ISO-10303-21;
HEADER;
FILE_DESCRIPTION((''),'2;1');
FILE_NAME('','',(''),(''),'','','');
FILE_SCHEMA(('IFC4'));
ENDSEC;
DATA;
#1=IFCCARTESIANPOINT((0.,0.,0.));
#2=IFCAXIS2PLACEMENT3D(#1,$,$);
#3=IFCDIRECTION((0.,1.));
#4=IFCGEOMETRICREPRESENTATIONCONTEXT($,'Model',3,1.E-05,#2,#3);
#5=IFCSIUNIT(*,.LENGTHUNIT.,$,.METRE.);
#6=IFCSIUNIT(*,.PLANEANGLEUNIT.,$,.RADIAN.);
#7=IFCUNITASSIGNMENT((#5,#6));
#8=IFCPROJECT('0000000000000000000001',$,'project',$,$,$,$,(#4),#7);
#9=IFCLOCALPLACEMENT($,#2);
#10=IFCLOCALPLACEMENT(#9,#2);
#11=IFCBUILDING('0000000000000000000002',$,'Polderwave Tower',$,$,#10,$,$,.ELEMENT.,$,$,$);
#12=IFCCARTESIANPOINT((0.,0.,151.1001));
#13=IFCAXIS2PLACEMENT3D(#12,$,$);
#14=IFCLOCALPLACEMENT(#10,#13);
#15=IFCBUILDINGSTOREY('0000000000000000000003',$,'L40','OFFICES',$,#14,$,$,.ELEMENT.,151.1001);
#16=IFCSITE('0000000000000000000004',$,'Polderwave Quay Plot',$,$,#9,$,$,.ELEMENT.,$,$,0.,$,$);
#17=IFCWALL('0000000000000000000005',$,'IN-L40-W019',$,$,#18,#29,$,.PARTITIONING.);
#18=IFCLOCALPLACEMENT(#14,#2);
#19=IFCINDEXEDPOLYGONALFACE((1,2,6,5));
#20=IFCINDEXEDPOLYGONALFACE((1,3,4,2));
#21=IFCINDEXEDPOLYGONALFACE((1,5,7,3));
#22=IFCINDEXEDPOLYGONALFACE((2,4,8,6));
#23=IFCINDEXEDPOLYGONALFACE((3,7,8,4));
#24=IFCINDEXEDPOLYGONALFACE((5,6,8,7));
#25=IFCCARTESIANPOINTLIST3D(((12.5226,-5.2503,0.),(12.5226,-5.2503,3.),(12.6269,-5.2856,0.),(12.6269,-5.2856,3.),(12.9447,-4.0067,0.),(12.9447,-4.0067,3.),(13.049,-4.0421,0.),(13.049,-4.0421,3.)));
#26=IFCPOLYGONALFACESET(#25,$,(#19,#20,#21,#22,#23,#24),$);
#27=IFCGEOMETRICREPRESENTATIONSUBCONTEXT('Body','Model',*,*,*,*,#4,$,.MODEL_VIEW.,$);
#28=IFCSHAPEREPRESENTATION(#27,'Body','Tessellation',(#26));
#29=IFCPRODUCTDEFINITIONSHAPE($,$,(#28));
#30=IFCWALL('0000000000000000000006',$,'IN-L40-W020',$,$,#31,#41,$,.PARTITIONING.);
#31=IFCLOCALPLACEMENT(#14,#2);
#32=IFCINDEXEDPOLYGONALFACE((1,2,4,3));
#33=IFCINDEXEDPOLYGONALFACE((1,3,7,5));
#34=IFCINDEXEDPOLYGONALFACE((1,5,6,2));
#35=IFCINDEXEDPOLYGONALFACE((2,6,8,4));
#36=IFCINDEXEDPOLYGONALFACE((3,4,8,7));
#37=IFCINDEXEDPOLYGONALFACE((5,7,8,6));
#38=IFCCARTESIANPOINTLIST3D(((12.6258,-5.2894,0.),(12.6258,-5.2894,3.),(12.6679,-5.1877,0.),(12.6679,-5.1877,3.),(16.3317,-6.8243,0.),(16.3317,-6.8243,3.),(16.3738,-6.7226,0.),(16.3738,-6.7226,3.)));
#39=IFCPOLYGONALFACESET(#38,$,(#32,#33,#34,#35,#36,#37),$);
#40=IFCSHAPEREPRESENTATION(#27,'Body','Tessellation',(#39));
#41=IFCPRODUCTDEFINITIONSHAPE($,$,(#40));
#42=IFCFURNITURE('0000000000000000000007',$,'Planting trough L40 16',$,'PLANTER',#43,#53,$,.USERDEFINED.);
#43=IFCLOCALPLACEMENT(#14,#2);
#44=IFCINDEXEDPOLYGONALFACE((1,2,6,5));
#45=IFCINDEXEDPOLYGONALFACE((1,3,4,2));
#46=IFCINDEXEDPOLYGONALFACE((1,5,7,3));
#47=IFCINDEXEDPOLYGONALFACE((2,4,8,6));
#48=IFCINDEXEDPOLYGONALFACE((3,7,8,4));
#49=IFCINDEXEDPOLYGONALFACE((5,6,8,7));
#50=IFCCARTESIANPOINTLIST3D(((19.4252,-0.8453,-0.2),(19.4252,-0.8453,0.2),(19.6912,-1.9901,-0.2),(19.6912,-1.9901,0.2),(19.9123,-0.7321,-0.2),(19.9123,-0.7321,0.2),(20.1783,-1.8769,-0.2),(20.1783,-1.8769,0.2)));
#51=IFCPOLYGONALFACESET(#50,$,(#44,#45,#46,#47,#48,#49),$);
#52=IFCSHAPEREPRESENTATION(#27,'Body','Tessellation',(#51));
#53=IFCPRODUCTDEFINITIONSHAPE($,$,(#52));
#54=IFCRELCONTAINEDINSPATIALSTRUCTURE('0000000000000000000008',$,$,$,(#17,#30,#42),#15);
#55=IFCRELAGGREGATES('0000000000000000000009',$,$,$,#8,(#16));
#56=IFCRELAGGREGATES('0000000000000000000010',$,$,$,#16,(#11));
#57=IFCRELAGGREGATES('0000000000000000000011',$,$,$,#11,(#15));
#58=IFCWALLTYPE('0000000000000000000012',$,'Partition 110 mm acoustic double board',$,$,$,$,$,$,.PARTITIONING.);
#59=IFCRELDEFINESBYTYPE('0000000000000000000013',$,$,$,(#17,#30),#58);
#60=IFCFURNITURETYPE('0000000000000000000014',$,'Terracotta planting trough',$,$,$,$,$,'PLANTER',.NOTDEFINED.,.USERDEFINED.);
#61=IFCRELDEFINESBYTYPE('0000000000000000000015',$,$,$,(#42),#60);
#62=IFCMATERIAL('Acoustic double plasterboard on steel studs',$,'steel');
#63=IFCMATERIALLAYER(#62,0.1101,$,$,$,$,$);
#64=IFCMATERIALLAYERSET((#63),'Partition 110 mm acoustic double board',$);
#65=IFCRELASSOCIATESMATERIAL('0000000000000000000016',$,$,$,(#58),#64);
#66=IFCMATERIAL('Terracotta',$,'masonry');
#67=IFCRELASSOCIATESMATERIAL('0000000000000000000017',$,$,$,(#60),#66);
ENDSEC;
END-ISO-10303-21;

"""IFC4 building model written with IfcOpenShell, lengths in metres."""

from ifc_helpers import new_model, si_unit, direction, frame, frame_2d, origin, origin_2d, place, context, subcontext, project, spatial, rectangle, extrude, material, layer, layer_set, type_object, element, save


model = new_model("IFC4")

# Units and contexts
model_context = context("Model", 3, precision=1e-05, world=origin(), true_north=direction((0.0, 1.0)))
body_context = subcontext(model_context, "Body", "Model", "MODEL_VIEW")
ifc_project = project(units=[si_unit("LENGTHUNIT", "METRE"), si_unit("PLANEANGLEUNIT", "RADIAN")], contexts=[model_context])

# Site, building, storey
site_placement = place(None, origin())
site = spatial("IfcSite", under=ifc_project, at=site_placement, Name="Polderwave Quay Plot", CompositionType="ELEMENT", RefElevation=0.0)
building_placement = place(site_placement, origin())
building = spatial("IfcBuilding", under=site, at=building_placement, Name="Polderwave Tower", CompositionType="ELEMENT")
storey_placement = place(building_placement, frame((0.0, 0.0, 151.1001)))
storey = spatial("IfcBuildingStorey", under=building, at=storey_placement, Name="L40", Description="OFFICES", CompositionType="ELEMENT", Elevation=151.1001)

# Walls
ifc_material_1 = material(Name="Acoustic double plasterboard on steel studs", Category="steel")
ifc_layer_1 = layer(ifc_material_1, 0.1101)
ifc_layer_set_1 = layer_set([ifc_layer_1], Name="Partition 110 mm acoustic double board")
wall_type_1 = type_object("IfcWallType", Name="Partition 110 mm acoustic double board", PredefinedType="PARTITIONING", material=ifc_layer_set_1)
wall_1_placement = place(storey_placement, frame((12.5747, -5.2681, 0.0), z_axis=(0.0, 0.0, 1.0), x_axis=(0.321409, 0.94694, 0.0)))
element("IfcWall", 1, at=wall_1_placement, inside=storey, type_object=wall_type_1, Name="IN-L40-W019", PredefinedType="PARTITIONING", context=body_context, shape_type="SweptSolid", body=[
    extrude(rectangle(XDim=1.3132, YDim=0.1101, at=frame_2d((0.6567, 0.0))), origin(), (0.0, 0.0, 1.0), 3.0),
])
wall_2_placement = place(storey_placement, frame((16.3528, -6.7734, 0.0), z_axis=(0.0, 0.0, 1.0), x_axis=(-0.923896, 0.382644, 0.0)))
element("IfcWall", 2, at=wall_2_placement, inside=storey, type_object=wall_type_1, Name="IN-L40-W020", PredefinedType="PARTITIONING", context=body_context, shape_type="SweptSolid", body=[
    extrude(rectangle(XDim=4.0112, YDim=0.1101, at=frame_2d((2.0056, 0.0))), origin(), (0.0, 0.0, 1.0), 3.0),
])

# Furniture
ifc_material_2 = material(Name="Terracotta", Category="masonry")
furniture_type = type_object("IfcFurnitureType", Name="Terracotta planting trough", ElementType="PLANTER", AssemblyPlace="NOTDEFINED", PredefinedType="USERDEFINED", material=ifc_material_2)
furniture_placement = place(storey_placement, frame((19.8018, -1.3611, -0.2), z_axis=(0.0, 0.0, 1.0), x_axis=(-0.226322, 0.974053, 0.0)))
element("IfcFurniture", 3, at=furniture_placement, inside=storey, type_object=furniture_type, Name="Planting trough L40 16", ObjectType="PLANTER", PredefinedType="USERDEFINED", context=body_context, shape_type="SweptSolid", body=[
    extrude(rectangle(XDim=1.1753, YDim=0.5, at=origin_2d()), origin(), (0.0, 0.0, 1.0), 0.3999),
])

save(model, "model.ifc")
